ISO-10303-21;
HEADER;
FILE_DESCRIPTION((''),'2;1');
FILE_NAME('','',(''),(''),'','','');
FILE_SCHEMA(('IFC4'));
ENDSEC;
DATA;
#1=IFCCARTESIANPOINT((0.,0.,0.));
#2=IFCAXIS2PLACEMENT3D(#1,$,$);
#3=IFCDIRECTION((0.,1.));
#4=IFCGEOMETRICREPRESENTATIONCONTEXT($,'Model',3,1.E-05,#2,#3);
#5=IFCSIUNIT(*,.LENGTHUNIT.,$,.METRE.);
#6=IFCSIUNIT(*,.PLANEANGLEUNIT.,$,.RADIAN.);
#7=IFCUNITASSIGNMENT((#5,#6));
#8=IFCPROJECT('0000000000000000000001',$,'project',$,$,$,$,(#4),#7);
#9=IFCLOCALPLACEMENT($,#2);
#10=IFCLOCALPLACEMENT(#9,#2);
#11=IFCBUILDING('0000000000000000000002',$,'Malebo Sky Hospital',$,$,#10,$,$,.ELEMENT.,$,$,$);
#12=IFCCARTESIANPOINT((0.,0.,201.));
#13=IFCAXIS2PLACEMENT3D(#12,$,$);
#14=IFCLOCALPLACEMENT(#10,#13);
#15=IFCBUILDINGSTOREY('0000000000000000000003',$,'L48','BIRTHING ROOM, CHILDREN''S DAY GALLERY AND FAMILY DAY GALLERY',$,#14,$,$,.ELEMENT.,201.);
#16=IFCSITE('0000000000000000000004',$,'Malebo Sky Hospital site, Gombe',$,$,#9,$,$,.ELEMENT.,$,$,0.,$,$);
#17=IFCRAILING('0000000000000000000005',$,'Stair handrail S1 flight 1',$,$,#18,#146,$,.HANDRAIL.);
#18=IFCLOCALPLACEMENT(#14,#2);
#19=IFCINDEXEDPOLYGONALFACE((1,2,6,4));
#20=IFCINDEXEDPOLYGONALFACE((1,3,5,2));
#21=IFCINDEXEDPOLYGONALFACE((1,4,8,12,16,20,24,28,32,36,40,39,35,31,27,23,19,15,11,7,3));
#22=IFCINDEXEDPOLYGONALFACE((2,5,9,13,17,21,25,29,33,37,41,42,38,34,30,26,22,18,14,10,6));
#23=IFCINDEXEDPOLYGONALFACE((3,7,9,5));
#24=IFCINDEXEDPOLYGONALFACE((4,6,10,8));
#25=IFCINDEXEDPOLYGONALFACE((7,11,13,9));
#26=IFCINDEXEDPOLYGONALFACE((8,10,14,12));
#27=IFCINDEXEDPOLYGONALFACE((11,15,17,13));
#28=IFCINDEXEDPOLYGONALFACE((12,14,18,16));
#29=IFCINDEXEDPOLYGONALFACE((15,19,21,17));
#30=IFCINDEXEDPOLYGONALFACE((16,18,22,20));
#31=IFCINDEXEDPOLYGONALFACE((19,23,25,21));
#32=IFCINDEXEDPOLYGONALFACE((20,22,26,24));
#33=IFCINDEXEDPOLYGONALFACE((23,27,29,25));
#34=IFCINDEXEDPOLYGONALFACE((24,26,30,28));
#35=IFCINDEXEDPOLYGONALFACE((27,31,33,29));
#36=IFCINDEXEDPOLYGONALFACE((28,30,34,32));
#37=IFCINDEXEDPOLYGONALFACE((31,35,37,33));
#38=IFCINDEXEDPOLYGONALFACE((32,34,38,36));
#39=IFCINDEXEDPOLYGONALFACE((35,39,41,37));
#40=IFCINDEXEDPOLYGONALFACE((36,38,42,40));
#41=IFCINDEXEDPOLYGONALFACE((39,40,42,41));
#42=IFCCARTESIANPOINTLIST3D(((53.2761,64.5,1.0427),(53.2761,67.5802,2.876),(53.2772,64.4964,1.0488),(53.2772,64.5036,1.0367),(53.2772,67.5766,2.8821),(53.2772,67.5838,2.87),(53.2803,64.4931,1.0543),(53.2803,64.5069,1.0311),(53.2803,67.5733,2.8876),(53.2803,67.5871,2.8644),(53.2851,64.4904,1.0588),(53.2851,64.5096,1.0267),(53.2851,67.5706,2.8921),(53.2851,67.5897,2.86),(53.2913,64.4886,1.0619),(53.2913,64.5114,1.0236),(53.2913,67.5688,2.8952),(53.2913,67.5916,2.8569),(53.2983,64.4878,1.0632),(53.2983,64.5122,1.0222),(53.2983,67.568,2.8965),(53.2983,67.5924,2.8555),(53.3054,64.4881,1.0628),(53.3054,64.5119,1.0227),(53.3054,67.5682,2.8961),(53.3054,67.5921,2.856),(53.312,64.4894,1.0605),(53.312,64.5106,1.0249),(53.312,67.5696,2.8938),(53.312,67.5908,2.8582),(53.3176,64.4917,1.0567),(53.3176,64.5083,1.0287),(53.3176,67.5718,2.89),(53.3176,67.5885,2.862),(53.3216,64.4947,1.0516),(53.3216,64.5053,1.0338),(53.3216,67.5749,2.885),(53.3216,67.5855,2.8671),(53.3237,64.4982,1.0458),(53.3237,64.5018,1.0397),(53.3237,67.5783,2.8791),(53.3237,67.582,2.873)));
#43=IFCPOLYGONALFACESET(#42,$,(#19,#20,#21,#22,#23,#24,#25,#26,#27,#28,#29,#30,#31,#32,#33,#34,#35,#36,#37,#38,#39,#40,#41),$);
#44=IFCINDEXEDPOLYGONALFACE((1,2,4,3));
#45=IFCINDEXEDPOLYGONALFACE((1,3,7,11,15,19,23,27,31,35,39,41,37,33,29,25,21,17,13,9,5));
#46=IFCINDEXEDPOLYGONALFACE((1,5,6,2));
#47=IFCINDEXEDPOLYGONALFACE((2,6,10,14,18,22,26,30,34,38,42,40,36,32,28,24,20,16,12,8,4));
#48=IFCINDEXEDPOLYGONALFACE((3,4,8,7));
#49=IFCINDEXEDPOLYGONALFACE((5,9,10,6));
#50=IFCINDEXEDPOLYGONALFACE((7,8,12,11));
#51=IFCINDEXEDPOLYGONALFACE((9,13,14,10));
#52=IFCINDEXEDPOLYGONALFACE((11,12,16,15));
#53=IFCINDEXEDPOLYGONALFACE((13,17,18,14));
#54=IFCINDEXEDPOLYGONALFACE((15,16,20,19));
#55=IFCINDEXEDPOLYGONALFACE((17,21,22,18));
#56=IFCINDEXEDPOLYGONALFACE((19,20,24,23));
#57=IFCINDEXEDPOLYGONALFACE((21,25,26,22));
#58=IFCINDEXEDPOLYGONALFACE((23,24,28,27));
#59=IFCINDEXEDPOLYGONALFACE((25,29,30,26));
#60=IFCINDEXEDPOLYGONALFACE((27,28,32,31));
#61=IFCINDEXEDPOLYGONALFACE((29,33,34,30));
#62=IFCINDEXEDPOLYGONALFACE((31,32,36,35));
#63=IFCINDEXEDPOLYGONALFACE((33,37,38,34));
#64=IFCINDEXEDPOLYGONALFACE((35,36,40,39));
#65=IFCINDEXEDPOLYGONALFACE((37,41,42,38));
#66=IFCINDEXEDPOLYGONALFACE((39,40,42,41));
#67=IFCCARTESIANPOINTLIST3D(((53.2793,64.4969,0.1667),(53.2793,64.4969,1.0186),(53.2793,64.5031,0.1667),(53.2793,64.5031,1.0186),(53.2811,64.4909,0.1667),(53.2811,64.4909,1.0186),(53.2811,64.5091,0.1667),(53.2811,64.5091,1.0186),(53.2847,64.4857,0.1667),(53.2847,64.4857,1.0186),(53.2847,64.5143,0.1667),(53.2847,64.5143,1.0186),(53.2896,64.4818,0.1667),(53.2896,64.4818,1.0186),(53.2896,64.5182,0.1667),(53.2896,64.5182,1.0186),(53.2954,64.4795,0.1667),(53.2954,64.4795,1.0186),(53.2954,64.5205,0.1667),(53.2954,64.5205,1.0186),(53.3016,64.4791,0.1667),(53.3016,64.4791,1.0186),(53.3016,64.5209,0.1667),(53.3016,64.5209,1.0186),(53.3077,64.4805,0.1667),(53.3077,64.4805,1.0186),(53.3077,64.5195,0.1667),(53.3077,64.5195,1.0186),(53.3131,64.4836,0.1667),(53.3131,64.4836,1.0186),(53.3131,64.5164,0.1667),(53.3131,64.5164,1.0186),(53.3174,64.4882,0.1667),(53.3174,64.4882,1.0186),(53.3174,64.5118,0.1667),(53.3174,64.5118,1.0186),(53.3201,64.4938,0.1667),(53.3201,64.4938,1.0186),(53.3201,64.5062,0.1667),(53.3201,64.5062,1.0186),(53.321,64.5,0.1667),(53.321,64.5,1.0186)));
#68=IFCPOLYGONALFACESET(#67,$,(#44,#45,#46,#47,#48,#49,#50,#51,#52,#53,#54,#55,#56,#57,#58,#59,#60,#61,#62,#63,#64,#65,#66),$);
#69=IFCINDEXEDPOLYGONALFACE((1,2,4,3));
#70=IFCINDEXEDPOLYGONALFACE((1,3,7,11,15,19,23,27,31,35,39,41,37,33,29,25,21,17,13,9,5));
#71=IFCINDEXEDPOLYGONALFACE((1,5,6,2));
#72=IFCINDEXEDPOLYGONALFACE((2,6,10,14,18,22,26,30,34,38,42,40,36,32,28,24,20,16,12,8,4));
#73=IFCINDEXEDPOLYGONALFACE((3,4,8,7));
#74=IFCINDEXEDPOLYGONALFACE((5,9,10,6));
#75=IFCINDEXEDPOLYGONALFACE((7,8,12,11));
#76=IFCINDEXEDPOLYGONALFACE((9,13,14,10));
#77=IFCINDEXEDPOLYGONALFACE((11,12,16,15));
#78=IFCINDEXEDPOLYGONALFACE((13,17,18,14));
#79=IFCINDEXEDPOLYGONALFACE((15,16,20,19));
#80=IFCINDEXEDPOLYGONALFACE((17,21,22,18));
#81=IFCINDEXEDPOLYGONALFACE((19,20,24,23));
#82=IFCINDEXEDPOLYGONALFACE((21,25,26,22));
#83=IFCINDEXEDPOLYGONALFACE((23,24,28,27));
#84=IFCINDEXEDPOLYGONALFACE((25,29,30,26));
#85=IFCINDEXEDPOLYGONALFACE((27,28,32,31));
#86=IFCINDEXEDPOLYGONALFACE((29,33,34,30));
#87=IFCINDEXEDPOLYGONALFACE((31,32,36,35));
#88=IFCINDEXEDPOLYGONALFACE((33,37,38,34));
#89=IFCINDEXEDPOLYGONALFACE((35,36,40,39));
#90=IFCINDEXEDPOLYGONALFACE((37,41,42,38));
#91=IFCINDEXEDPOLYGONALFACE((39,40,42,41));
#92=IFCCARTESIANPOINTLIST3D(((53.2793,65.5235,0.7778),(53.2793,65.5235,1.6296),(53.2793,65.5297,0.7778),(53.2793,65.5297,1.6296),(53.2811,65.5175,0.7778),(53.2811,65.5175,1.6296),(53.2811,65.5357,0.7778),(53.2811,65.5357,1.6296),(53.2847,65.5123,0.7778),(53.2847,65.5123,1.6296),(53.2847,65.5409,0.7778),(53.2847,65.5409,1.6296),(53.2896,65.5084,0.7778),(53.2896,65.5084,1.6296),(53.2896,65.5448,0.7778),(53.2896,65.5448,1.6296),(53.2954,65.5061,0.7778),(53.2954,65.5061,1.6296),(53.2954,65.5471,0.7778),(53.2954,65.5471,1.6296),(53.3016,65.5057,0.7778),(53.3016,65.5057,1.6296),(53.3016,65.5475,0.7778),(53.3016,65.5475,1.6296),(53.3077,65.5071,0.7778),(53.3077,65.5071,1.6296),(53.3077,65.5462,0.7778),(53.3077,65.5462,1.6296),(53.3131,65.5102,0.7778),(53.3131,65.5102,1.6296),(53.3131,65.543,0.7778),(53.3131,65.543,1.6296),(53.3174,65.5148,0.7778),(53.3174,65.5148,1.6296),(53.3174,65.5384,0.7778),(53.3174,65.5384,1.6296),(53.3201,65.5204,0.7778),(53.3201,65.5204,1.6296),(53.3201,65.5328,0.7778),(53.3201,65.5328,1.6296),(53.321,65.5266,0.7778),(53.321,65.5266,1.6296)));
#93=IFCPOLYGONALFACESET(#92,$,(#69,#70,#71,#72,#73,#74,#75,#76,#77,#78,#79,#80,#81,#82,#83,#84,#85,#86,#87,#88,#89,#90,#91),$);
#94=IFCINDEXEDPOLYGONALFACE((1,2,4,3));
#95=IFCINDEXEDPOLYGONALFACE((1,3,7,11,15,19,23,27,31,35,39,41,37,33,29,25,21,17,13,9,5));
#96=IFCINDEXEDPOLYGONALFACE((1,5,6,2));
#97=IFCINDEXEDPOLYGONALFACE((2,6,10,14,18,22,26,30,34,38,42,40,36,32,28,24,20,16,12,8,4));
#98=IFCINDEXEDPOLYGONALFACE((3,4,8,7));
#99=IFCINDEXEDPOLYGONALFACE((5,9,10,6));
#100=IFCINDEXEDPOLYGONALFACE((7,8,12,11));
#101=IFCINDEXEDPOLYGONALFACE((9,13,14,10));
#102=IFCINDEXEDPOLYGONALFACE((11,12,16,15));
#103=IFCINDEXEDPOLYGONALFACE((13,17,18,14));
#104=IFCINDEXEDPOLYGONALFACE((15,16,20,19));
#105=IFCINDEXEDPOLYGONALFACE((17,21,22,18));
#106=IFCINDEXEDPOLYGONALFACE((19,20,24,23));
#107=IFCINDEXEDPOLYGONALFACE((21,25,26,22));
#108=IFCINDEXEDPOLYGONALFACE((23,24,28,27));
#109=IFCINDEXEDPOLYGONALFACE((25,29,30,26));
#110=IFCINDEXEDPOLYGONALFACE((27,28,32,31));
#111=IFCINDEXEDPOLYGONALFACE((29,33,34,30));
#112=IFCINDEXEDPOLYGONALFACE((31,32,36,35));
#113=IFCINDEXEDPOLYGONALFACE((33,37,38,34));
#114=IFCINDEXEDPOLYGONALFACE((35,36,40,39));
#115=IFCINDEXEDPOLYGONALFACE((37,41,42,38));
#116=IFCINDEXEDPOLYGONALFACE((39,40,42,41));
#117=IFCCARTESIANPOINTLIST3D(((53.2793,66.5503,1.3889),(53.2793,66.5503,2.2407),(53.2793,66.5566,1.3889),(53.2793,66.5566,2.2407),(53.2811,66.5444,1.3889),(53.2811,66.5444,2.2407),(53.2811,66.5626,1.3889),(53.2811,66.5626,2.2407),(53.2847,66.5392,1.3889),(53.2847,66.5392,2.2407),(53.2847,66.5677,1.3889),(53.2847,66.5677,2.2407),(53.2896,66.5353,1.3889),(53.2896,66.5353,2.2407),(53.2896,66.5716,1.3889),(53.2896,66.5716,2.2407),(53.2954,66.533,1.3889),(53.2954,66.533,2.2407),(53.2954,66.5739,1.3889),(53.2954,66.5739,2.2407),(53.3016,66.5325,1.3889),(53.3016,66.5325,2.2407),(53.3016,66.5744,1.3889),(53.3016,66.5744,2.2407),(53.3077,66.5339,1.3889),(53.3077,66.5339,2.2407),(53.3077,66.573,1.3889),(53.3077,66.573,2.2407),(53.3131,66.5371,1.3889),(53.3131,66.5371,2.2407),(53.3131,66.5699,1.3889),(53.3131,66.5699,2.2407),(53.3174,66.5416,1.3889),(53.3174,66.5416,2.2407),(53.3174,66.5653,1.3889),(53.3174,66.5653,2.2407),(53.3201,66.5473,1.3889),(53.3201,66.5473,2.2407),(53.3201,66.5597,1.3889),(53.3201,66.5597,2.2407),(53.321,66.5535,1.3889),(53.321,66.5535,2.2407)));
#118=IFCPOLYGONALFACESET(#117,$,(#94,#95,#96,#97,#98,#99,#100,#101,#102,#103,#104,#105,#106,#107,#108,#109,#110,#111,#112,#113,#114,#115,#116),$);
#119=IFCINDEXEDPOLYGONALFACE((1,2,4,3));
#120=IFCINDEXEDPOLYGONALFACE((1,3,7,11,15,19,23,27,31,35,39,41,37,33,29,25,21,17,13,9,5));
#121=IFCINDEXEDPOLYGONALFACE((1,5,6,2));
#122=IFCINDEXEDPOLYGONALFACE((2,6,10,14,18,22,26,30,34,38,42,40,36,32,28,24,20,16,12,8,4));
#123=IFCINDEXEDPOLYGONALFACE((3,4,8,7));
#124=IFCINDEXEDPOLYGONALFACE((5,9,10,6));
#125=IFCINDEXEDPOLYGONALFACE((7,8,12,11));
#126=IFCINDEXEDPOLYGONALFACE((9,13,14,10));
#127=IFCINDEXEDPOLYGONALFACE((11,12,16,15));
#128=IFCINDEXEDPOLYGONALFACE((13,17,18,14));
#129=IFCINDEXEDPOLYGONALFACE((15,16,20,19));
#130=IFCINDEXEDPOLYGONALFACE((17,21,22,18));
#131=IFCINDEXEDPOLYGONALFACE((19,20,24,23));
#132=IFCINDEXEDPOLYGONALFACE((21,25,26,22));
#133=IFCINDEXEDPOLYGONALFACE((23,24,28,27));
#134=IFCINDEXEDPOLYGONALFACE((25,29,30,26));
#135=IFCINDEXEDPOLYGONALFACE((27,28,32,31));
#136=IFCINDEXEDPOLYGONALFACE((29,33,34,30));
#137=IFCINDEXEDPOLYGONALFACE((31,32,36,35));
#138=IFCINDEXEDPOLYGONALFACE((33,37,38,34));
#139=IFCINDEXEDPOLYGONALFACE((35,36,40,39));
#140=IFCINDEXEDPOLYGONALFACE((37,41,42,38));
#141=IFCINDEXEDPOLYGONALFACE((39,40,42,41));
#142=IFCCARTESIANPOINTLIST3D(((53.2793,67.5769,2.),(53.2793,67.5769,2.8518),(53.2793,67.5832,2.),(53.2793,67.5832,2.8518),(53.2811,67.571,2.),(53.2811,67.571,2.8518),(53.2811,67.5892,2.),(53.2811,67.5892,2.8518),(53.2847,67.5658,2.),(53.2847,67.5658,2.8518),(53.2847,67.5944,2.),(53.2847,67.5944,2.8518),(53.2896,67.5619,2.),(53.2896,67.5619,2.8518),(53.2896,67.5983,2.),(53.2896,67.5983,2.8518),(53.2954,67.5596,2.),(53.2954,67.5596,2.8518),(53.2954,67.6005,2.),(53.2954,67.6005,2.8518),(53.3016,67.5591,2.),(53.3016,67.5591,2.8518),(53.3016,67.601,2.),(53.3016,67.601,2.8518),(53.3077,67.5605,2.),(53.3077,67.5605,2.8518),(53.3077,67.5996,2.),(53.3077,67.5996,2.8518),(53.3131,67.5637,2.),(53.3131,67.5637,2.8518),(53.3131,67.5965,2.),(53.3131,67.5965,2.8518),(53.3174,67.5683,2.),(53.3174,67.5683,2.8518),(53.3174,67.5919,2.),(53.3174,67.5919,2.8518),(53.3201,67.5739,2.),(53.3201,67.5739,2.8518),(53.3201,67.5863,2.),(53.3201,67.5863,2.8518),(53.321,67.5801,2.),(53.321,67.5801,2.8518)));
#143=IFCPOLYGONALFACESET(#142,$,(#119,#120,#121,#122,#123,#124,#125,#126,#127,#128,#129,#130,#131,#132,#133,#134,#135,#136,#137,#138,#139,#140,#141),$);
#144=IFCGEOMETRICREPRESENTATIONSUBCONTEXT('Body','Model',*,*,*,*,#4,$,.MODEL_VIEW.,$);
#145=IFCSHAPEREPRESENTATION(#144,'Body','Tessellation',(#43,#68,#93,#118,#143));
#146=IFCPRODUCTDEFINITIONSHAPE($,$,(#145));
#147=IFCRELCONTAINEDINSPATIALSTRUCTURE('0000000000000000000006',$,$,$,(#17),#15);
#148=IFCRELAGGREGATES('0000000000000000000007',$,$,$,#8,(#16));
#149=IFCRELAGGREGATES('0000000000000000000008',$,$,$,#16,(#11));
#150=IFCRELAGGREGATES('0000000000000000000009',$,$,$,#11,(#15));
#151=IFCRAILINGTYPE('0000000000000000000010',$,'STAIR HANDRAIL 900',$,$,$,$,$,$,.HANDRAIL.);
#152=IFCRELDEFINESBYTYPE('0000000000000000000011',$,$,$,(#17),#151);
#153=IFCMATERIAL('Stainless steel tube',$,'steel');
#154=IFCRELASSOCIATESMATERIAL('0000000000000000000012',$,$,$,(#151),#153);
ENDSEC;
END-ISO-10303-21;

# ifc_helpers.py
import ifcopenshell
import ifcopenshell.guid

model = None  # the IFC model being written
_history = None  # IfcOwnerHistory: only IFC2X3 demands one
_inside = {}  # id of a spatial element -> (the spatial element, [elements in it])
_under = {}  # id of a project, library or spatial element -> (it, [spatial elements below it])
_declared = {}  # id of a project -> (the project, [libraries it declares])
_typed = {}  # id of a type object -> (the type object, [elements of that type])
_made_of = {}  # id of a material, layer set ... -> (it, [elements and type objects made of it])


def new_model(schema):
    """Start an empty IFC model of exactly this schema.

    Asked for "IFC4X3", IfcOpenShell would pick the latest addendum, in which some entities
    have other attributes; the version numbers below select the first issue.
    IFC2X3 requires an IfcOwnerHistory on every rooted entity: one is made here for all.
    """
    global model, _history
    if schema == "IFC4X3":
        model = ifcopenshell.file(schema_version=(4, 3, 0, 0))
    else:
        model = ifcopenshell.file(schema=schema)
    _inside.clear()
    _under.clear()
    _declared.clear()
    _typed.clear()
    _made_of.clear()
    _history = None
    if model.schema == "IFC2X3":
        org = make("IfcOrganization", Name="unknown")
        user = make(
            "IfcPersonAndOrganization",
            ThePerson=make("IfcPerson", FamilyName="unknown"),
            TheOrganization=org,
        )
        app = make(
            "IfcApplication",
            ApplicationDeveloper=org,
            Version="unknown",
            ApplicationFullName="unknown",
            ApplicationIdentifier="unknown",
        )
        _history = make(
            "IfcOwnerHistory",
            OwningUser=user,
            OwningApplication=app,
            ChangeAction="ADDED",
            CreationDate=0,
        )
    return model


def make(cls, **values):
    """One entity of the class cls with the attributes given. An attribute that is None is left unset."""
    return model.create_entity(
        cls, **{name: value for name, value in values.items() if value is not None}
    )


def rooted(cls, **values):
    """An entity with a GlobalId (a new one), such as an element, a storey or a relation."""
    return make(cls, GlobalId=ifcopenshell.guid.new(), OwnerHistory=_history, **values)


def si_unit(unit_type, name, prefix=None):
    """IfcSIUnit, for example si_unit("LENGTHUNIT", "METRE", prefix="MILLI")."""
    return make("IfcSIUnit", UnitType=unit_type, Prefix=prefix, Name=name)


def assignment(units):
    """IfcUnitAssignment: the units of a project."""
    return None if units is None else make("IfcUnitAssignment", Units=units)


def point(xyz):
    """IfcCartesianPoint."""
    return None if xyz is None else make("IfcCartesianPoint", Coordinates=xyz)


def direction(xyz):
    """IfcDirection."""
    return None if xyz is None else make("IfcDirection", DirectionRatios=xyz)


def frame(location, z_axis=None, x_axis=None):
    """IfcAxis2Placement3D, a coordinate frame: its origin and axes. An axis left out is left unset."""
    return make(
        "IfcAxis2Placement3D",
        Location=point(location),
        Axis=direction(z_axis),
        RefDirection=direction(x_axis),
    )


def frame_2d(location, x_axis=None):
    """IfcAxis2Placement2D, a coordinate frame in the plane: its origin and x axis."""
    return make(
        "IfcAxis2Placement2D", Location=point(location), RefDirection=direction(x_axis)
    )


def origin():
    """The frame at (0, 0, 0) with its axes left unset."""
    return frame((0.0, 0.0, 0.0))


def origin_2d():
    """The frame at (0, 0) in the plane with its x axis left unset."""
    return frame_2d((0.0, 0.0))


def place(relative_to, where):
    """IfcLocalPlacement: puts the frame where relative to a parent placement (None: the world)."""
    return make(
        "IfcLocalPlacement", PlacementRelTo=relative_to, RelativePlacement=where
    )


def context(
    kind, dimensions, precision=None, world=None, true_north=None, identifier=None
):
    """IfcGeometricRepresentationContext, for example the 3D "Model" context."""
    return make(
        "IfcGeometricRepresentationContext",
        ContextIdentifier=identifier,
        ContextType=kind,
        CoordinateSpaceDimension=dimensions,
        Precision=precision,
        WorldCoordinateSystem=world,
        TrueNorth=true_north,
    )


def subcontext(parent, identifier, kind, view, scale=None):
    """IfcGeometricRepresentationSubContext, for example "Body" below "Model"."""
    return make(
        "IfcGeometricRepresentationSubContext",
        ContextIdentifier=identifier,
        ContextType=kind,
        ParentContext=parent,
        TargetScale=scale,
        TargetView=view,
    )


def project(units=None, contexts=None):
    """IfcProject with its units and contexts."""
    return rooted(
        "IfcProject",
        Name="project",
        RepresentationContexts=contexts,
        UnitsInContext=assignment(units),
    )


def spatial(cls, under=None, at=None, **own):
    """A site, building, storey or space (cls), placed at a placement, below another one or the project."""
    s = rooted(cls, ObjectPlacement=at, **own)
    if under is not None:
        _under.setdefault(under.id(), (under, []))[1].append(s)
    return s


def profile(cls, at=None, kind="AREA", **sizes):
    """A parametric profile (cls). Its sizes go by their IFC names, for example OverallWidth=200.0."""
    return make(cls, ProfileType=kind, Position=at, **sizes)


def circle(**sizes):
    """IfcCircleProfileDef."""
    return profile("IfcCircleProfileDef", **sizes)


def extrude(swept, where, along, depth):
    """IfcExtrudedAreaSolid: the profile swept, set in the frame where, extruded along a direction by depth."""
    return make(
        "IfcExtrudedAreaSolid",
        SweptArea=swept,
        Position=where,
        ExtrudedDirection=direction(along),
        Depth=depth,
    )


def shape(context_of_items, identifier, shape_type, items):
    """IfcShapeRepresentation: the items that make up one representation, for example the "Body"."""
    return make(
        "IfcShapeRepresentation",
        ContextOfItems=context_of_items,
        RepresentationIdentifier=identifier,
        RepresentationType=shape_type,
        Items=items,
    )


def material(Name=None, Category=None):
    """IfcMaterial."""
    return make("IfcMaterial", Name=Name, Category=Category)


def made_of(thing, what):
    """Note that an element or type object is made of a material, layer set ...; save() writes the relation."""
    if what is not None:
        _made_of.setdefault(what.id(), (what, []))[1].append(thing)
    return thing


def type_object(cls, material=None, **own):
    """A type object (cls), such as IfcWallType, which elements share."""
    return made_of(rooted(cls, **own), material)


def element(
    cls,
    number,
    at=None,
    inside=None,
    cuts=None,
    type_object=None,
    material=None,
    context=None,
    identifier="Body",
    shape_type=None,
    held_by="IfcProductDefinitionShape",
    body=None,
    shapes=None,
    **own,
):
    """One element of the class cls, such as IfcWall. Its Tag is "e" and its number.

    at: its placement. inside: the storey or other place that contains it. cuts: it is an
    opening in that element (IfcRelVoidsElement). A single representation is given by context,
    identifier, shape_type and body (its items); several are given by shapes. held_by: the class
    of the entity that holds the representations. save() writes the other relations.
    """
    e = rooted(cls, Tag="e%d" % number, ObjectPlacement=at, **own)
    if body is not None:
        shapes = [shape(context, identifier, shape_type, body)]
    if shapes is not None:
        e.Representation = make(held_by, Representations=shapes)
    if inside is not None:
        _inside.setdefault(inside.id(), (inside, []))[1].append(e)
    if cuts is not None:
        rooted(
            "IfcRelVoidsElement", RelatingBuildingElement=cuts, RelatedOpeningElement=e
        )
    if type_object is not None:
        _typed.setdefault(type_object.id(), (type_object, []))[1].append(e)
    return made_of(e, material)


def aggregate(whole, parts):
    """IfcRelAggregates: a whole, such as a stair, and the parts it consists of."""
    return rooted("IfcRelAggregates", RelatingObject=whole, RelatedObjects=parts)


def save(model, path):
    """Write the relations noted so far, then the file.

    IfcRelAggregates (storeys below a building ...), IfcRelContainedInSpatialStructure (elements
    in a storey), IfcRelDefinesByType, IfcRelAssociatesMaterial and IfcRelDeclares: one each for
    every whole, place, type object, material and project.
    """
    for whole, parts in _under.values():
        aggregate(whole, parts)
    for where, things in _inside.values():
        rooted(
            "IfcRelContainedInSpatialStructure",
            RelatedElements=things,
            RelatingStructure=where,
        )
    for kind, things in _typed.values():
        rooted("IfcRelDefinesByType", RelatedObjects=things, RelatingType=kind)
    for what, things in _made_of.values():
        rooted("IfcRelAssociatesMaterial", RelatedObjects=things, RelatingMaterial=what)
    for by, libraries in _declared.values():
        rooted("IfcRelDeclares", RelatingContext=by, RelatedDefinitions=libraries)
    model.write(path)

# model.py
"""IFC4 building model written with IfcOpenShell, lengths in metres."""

from ifc_helpers import new_model, si_unit, direction, frame, origin, origin_2d, place, context, subcontext, project, spatial, circle, extrude, material, type_object, element, save


model = new_model("IFC4")

# Units and contexts
model_context = context("Model", 3, precision=1e-05, world=origin(), true_north=direction((0.0, 1.0)))
body_context = subcontext(model_context, "Body", "Model", "MODEL_VIEW")
ifc_project = project(units=[si_unit("LENGTHUNIT", "METRE"), si_unit("PLANEANGLEUNIT", "RADIAN")], contexts=[model_context])

# Site, building, storey
site_placement = place(None, origin())
site = spatial("IfcSite", under=ifc_project, at=site_placement, Name="Malebo Sky Hospital site, Gombe", CompositionType="ELEMENT", RefElevation=0.0)
building_placement = place(site_placement, origin())
building = spatial("IfcBuilding", under=site, at=building_placement, Name="Malebo Sky Hospital", CompositionType="ELEMENT")
storey_placement = place(building_placement, frame((0.0, 0.0, 201.0)))
storey = spatial("IfcBuildingStorey", under=building, at=storey_placement, Name="L48", Description="BIRTHING ROOM, CHILDREN'S DAY GALLERY AND FAMILY DAY GALLERY", CompositionType="ELEMENT", Elevation=201.0)

# Railing
ifc_material_1 = material(Name="Stainless steel tube", Category="steel")
railing_type = type_object("IfcRailingType", Name="STAIR HANDRAIL 900", PredefinedType="HANDRAIL", material=ifc_material_1)
railing_1_placement = place(storey_placement, frame((53.3, 64.5, 0.1667)))
element("IfcRailing", 1, at=railing_1_placement, inside=storey, type_object=railing_type, Name="Stair handrail S1 flight 1", PredefinedType="HANDRAIL", context=body_context, shape_type="SweptSolid", body=[
    extrude(circle(Radius=0.0239, at=origin_2d()), frame((0.0, 0.0, 0.876), z_axis=(0.0, 0.859309, 0.511458), x_axis=(-1.0, 0.0, 0.0)), (0.0, 0.0, 1.0), 3.5845),
    extrude(circle(Radius=0.021, at=origin_2d()), origin(), (0.0, 0.0, 1.0), 0.8518),
    extrude(circle(Radius=0.021, at=origin_2d()), frame((0.0, 1.0266, 0.6111)), (0.0, 0.0, 1.0), 0.8518),
    extrude(circle(Radius=0.021, at=origin_2d()), frame((0.0, 2.0535, 1.2222)), (0.0, 0.0, 1.0), 0.8518),
    extrude(circle(Radius=0.021, at=origin_2d()), frame((0.0, 3.0801, 1.8333)), (0.0, 0.0, 1.0), 0.8518),
])

save(model, "model.ifc")
